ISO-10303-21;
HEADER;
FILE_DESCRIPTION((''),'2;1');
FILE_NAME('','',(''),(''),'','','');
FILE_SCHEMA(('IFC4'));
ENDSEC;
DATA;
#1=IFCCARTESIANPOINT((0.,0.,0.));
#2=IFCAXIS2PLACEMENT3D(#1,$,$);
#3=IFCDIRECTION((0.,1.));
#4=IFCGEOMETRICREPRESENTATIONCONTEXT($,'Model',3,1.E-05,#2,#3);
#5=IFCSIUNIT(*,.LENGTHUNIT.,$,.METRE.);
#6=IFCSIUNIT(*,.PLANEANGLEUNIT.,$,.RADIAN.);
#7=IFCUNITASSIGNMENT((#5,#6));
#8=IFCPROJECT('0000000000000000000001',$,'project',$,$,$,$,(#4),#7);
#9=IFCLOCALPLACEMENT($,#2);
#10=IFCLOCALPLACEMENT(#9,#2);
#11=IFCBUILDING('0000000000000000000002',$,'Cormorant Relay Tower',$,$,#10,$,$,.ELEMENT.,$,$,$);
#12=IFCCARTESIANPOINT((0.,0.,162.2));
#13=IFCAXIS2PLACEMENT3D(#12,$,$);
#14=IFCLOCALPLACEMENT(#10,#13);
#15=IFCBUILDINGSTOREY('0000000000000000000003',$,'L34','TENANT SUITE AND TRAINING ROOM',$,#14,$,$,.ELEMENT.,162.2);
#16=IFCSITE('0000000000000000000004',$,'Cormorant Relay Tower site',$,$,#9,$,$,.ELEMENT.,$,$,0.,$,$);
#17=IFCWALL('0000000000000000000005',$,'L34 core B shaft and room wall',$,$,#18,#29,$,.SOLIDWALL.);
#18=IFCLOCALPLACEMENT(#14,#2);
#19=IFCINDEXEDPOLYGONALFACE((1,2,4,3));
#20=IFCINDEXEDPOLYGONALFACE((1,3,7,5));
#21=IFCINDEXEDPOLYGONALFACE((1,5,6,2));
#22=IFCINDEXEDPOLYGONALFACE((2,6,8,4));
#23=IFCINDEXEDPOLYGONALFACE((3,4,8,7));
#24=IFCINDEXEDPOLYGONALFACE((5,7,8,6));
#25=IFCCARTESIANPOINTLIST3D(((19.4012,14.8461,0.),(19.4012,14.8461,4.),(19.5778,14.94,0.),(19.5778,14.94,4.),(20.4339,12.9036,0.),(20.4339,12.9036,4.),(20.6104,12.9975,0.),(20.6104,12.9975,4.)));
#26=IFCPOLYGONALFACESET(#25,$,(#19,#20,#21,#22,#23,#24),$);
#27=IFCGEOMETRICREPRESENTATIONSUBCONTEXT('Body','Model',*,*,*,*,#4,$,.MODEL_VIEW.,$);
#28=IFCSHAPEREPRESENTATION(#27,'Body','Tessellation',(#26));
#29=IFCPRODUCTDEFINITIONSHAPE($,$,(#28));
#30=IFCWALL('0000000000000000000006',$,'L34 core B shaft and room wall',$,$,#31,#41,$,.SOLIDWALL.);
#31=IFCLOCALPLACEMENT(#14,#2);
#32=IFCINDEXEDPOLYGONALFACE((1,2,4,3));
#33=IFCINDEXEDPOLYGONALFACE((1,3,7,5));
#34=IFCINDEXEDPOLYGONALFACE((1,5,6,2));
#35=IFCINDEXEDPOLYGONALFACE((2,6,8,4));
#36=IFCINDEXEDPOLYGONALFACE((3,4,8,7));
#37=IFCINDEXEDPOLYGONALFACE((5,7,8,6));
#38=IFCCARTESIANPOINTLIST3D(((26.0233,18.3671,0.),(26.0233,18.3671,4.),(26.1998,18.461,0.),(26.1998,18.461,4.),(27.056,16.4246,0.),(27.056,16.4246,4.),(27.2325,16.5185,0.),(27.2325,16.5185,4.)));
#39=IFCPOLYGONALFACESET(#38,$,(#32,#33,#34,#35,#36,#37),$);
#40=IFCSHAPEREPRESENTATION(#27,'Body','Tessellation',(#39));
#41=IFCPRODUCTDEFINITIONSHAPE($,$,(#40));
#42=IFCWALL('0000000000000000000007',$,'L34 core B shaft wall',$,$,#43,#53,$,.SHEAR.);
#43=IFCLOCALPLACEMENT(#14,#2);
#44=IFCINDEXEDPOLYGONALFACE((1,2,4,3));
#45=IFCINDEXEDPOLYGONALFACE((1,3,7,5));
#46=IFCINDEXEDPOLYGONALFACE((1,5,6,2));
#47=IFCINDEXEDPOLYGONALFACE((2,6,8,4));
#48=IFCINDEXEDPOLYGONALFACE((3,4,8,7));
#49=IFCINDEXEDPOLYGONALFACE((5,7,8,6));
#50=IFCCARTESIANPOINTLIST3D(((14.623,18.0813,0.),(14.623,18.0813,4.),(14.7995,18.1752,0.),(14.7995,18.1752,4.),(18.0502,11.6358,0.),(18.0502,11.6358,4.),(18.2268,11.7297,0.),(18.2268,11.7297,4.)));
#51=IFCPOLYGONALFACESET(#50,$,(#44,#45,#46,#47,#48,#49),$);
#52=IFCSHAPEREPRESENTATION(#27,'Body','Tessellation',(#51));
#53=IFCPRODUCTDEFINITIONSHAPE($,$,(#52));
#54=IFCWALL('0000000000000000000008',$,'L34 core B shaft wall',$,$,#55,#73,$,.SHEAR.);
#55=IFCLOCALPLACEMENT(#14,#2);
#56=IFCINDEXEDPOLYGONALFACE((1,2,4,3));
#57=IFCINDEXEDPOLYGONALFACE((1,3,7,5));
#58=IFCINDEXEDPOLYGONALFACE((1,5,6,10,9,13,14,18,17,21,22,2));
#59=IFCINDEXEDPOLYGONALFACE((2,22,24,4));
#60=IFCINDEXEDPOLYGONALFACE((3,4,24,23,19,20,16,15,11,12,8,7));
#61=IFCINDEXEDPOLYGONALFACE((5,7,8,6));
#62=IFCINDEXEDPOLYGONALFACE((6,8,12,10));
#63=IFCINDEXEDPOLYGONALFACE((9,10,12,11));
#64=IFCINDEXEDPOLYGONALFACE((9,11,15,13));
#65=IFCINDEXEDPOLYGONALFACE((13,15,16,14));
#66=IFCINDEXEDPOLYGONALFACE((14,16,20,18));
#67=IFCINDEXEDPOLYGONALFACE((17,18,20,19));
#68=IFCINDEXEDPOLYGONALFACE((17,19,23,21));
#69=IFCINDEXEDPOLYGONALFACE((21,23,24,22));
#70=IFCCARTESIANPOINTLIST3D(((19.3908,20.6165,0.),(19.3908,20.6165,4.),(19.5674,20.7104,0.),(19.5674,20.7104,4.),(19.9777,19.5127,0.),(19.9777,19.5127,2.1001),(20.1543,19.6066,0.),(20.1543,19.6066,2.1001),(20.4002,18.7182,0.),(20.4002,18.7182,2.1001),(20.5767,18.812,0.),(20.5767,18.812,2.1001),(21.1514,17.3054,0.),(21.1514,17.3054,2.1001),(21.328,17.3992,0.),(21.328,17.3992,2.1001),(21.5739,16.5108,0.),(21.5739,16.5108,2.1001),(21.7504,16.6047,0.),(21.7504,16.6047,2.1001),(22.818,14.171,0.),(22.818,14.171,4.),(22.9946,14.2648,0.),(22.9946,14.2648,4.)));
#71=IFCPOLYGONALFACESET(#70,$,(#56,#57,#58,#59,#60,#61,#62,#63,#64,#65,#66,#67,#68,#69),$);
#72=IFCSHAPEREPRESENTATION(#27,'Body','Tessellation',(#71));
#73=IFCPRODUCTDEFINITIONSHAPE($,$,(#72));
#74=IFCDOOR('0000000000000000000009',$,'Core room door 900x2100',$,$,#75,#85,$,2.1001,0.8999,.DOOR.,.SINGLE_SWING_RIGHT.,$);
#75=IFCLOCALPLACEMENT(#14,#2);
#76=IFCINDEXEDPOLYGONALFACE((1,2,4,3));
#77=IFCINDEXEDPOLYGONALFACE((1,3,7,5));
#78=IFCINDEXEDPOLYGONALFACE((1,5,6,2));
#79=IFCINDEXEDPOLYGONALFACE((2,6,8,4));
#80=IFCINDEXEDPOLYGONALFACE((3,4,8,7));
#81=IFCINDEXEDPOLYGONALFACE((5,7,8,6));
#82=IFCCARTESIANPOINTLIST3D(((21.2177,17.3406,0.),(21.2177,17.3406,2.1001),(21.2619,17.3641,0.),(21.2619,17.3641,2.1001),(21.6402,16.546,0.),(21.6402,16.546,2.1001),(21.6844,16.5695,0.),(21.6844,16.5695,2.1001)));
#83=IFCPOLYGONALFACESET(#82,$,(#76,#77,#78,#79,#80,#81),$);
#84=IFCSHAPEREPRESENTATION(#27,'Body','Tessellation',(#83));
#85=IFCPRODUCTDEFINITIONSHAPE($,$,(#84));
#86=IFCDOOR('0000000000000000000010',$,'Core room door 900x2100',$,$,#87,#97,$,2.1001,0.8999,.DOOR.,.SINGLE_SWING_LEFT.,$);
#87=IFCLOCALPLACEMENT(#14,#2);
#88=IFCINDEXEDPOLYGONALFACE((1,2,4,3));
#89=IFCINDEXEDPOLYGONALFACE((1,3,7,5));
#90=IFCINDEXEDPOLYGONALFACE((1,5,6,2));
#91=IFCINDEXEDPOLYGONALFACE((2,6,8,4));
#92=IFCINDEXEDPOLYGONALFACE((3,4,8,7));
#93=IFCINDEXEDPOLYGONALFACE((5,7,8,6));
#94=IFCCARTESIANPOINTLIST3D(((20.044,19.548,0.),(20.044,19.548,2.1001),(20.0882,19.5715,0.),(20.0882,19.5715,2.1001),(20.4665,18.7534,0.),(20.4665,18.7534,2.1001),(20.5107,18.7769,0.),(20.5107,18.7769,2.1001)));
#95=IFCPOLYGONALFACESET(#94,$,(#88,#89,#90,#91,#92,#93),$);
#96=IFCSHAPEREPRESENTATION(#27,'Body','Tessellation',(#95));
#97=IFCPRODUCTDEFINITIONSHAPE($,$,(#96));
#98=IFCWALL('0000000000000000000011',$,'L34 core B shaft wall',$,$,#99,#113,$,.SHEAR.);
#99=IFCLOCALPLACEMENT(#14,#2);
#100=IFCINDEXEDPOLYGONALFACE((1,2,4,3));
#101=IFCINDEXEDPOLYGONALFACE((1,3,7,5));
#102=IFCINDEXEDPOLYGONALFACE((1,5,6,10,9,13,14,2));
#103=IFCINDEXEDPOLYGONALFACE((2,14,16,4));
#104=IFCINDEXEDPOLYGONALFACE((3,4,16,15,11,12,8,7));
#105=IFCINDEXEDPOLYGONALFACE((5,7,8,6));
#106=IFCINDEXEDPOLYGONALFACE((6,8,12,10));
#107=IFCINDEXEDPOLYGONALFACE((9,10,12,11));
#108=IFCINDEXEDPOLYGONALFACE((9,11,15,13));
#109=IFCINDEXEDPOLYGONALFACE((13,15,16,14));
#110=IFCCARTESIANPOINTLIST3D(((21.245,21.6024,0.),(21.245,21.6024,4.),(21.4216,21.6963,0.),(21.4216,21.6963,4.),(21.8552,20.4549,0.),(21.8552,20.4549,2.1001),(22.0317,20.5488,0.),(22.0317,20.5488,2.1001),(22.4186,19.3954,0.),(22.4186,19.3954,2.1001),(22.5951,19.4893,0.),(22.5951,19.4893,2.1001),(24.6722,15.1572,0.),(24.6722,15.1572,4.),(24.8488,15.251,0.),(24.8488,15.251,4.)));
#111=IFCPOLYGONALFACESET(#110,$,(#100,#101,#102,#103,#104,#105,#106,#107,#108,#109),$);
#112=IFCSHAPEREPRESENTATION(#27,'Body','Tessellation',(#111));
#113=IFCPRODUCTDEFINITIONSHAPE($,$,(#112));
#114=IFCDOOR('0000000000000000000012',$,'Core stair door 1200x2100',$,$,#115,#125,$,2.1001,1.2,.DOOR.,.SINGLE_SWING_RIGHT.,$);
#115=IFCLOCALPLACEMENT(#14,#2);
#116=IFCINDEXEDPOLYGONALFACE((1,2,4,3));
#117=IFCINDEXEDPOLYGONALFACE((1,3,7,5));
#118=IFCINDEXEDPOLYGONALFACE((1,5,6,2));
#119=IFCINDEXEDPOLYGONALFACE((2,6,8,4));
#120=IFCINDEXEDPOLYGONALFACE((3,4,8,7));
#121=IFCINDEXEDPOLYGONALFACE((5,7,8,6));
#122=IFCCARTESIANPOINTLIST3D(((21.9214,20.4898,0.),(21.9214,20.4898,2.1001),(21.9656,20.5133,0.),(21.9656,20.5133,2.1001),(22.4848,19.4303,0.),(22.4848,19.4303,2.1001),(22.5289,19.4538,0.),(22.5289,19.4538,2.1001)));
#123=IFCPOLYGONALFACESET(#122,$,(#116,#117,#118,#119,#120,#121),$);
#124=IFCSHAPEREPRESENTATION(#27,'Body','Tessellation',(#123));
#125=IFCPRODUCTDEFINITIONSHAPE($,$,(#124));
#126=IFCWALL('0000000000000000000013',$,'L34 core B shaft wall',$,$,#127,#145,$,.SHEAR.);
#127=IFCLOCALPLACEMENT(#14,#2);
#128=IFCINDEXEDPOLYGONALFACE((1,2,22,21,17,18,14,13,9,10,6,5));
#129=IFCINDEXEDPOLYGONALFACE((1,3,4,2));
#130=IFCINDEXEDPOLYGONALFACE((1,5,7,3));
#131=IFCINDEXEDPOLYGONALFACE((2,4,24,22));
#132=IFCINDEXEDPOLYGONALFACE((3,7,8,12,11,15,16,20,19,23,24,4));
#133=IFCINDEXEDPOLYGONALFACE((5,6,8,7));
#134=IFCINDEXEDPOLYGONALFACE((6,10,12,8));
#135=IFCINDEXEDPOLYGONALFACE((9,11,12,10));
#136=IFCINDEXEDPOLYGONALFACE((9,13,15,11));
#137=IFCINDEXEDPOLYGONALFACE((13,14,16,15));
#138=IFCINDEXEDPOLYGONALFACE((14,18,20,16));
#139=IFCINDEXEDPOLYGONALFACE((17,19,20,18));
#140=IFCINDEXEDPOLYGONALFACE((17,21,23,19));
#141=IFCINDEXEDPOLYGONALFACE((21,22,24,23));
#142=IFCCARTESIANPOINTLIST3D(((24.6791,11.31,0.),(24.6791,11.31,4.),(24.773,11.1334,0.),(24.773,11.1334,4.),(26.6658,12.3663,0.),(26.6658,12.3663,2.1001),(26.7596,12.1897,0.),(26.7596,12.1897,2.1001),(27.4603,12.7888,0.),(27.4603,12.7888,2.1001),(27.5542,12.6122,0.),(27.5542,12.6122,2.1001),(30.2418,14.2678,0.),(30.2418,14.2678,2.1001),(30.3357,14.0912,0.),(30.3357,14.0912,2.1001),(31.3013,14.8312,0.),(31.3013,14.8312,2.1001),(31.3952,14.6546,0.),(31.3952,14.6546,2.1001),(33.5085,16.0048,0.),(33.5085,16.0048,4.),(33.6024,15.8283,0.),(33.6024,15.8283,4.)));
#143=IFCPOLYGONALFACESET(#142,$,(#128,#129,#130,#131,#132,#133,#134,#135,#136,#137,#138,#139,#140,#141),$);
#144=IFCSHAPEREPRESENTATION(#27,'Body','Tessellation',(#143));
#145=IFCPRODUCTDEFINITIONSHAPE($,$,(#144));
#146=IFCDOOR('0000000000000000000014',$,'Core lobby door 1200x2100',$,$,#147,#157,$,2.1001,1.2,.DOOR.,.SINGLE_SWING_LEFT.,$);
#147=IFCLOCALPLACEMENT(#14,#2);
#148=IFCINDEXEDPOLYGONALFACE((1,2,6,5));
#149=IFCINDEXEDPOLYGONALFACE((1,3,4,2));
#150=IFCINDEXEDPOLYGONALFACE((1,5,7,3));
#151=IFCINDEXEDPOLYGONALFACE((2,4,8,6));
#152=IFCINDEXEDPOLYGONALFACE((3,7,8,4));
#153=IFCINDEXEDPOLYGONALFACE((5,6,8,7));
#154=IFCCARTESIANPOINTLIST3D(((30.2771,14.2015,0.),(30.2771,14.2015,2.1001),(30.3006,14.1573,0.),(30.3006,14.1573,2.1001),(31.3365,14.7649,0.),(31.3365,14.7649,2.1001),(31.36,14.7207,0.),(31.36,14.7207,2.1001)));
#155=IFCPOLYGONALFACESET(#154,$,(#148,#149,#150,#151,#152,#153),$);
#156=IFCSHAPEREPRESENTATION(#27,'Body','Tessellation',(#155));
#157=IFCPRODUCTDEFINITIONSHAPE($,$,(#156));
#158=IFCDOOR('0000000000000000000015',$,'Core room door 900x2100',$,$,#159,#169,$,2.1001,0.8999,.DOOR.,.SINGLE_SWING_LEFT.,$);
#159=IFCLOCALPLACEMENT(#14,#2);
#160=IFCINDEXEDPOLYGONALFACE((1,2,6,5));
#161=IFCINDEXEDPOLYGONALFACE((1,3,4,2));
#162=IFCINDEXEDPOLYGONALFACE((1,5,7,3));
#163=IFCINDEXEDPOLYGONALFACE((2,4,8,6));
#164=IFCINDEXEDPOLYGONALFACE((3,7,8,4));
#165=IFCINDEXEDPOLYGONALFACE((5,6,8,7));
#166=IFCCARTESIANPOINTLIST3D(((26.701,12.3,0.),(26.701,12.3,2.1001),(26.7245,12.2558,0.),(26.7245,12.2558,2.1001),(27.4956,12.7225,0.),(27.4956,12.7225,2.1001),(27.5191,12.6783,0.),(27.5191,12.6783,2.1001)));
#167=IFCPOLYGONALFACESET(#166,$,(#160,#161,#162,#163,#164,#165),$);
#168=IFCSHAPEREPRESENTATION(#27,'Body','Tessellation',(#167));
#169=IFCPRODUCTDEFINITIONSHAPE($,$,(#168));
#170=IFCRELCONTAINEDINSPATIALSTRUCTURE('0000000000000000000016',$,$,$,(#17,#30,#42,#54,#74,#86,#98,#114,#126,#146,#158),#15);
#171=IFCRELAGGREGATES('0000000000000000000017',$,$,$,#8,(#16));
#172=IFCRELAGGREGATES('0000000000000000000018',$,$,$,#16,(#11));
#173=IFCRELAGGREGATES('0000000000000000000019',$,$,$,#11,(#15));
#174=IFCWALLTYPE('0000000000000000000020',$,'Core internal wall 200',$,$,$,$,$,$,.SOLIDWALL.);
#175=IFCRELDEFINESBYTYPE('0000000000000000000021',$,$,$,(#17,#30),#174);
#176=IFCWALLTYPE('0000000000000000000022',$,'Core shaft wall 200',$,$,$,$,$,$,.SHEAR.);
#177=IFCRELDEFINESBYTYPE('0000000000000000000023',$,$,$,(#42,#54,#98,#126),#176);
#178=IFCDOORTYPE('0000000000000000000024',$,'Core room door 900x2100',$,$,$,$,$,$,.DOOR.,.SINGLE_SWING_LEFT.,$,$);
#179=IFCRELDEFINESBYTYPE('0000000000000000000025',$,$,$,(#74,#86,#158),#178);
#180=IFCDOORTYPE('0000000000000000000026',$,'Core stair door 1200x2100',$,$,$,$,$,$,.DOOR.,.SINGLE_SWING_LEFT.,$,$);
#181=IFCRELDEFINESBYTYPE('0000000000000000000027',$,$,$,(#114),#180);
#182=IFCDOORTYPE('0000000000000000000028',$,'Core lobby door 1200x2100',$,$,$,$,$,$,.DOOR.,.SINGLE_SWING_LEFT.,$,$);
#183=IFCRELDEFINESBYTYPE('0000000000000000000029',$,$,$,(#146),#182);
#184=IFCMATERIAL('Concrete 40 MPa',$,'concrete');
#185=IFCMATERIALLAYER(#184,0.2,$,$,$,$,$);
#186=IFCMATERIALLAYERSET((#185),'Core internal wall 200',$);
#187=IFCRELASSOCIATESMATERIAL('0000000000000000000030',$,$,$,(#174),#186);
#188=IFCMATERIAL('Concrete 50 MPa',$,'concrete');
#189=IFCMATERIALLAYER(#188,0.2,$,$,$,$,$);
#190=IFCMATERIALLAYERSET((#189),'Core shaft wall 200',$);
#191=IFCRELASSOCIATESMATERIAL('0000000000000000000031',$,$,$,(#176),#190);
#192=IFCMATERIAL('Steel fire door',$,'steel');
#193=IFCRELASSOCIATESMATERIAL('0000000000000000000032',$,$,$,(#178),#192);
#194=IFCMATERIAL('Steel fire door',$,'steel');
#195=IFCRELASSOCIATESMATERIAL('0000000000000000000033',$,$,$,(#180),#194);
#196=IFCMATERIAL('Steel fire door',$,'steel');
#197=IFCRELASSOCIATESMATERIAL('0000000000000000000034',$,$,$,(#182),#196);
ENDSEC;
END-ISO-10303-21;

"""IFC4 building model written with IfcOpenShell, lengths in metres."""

from ifc_helpers import new_model, si_unit, direction, frame, frame_2d, origin, place, context, subcontext, project, spatial, rectangle, extrude, material, layer, layer_set, type_object, element, fill, save


model = new_model("IFC4")

# Units and contexts
model_context = context("Model", 3, precision=1e-05, world=origin(), true_north=direction((0.0, 1.0)))
body_context = subcontext(model_context, "Body", "Model", "MODEL_VIEW")
ifc_project = project(units=[si_unit("LENGTHUNIT", "METRE"), si_unit("PLANEANGLEUNIT", "RADIAN")], contexts=[model_context])

# Site, building, storey
site_placement = place(None, origin())
site = spatial("IfcSite", under=ifc_project, at=site_placement, Name="Cormorant Relay Tower site", CompositionType="ELEMENT", RefElevation=0.0)
building_placement = place(site_placement, origin())
building = spatial("IfcBuilding", under=site, at=building_placement, Name="Cormorant Relay Tower", CompositionType="ELEMENT")
storey_placement = place(building_placement, frame((0.0, 0.0, 162.2)))
storey = spatial("IfcBuildingStorey", under=building, at=storey_placement, Name="L34", Description="TENANT SUITE AND TRAINING ROOM", CompositionType="ELEMENT", Elevation=162.2)

# Walls
ifc_material_1 = material(Name="Concrete 40 MPa", Category="concrete")
ifc_layer_1 = layer(ifc_material_1, 0.2)
ifc_layer_set_1 = layer_set([ifc_layer_1], Name="Core internal wall 200")
wall_type_1 = type_object("IfcWallType", Name="Core internal wall 200", PredefinedType="SOLIDWALL", material=ifc_layer_set_1)
for number, where, z_axis, x_axis, name in (
    (1, (20.5222, 12.9504, 0.0), (0.0, 0.0, 1.0), (-0.469401, 0.882985, 0.0), "L34 core B shaft and room wall"),
    (2, (27.1443, 16.4714, 0.0), (0.0, 0.0, 1.0), (-0.469401, 0.882985, 0.0), "L34 core B shaft and room wall"),
):
    element("IfcWall", number, at=place(storey_placement, frame(where, z_axis=z_axis, x_axis=x_axis)), inside=storey, type_object=wall_type_1, Name=name, PredefinedType="SOLIDWALL", context=body_context, shape_type="SweptSolid", body=[
        extrude(rectangle(XDim=2.2, YDim=0.2, at=frame_2d((1.1001, 0.0))), origin(), (0.0, 0.0, 1.0), 4.0),
    ])
ifc_material_2 = material(Name="Concrete 50 MPa", Category="concrete")
ifc_layer_2 = layer(ifc_material_2, 0.2)
ifc_layer_set_2 = layer_set([ifc_layer_2], Name="Core shaft wall 200")
wall_type_2 = type_object("IfcWallType", Name="Core shaft wall 200", PredefinedType="SHEAR", material=ifc_layer_set_2)
wall_1_placement = place(storey_placement, frame((18.1384, 11.6829, 0.0), z_axis=(0.0, 0.0, 1.0), x_axis=(-0.46948, 0.882943, 0.0)))
element("IfcWall", 3, at=wall_1_placement, inside=storey, type_object=wall_type_2, Name="L34 core B shaft wall", PredefinedType="SHEAR", context=body_context, shape_type="SweptSolid", body=[
    extrude(rectangle(XDim=7.3, YDim=0.2, at=frame_2d((3.6499, 0.0))), origin(), (0.0, 0.0, 1.0), 4.0),
])

# Wall, openings, doors
wall_2_placement = place(storey_placement, frame((22.9062, 14.218, 0.0), z_axis=(0.0, 0.0, 1.0), x_axis=(-0.46948, 0.882943, 0.0)))
wall_2 = element("IfcWall", 4, at=wall_2_placement, inside=storey, type_object=wall_type_2, Name="L34 core B shaft wall", PredefinedType="SHEAR", context=body_context, shape_type="SweptSolid", body=[
    extrude(rectangle(XDim=7.3, YDim=0.2, at=frame_2d((3.6499, 0.0))), origin(), (0.0, 0.0, 1.0), 4.0),
])
opening_1_placement = place(wall_2_placement, frame((2.6499, 0.0, 0.0)))
opening_1 = element("IfcOpeningElement", 5, at=opening_1_placement, cuts=wall_2, PredefinedType="OPENING", context=body_context, shape_type="SweptSolid", body=[
    extrude(rectangle(XDim=0.8999, YDim=2.1001, at=frame_2d((0.45, 1.05))), frame((0.0, 0.1099, 0.0), z_axis=(0.0, -1.0, 0.0), x_axis=(1.0, 0.0, 0.0)), (0.0, 0.0, 1.0), 0.22),
])
opening_2_placement = place(wall_2_placement, frame((5.1499, 0.0, 0.0)))
opening_2 = element("IfcOpeningElement", 6, at=opening_2_placement, cuts=wall_2, PredefinedType="OPENING", context=body_context, shape_type="SweptSolid", body=[
    extrude(rectangle(XDim=0.8999, YDim=2.1001, at=frame_2d((0.45, 1.05))), frame((0.0, 0.1099, 0.0), z_axis=(0.0, -1.0, 0.0), x_axis=(1.0, 0.0, 0.0)), (0.0, 0.0, 1.0), 0.22),
])
ifc_material_3 = material(Name="Steel fire door", Category="steel")
door_type_1 = type_object("IfcDoorType", Name="Core room door 900x2100", OperationType="SINGLE_SWING_LEFT", PredefinedType="DOOR", material=ifc_material_3)
door_1_placement = place(opening_1_placement, origin())
door_1 = element("IfcDoor", 7, at=door_1_placement, inside=storey, type_object=door_type_1, Name="Core room door 900x2100", OperationType="SINGLE_SWING_RIGHT", OverallHeight=2.1001, OverallWidth=0.8999, PredefinedType="DOOR", context=body_context, shape_type="SweptSolid", body=[
    extrude(rectangle(XDim=0.8999, YDim=2.1001, at=frame_2d((0.45, 1.05))), frame((0.0, 0.0249, 0.0), z_axis=(0.0, -1.0, 0.0), x_axis=(1.0, 0.0, 0.0)), (0.0, 0.0, 1.0), 0.05),
])
fill(opening_1, door_1)
door_2_placement = place(opening_2_placement, origin())
door_2 = element("IfcDoor", 8, at=door_2_placement, inside=storey, type_object=door_type_1, Name="Core room door 900x2100", OperationType="SINGLE_SWING_LEFT", OverallHeight=2.1001, OverallWidth=0.8999, PredefinedType="DOOR", context=body_context, shape_type="SweptSolid", body=[
    extrude(rectangle(XDim=0.8999, YDim=2.1001, at=frame_2d((0.45, 1.05))), frame((0.0, 0.0249, 0.0), z_axis=(0.0, -1.0, 0.0), x_axis=(1.0, 0.0, 0.0)), (0.0, 0.0, 1.0), 0.05),
])
fill(opening_2, door_2)

# Wall, opening, door
wall_3_placement = place(storey_placement, frame((24.7605, 15.2041, 0.0), z_axis=(0.0, 0.0, 1.0), x_axis=(-0.469494, 0.882936, 0.0)))
wall_3 = element("IfcWall", 9, at=wall_3_placement, inside=storey, type_object=wall_type_2, Name="L34 core B shaft wall", PredefinedType="SHEAR", context=body_context, shape_type="SweptSolid", body=[
    extrude(rectangle(XDim=7.2998, YDim=0.2, at=frame_2d((3.6499, 0.0))), origin(), (0.0, 0.0, 1.0), 4.0),
])
opening_3_placement = place(wall_3_placement, frame((4.8, 0.0, 0.0)))
opening_3 = element("IfcOpeningElement", 10, at=opening_3_placement, cuts=wall_3, PredefinedType="OPENING", context=body_context, shape_type="SweptSolid", body=[
    extrude(rectangle(XDim=1.2, YDim=2.1001, at=frame_2d((0.6001, 1.05))), frame((0.0, 0.1099, 0.0), z_axis=(0.0, -1.0, 0.0), x_axis=(1.0, 0.0, 0.0)), (0.0, 0.0, 1.0), 0.22),
])
ifc_material_4 = material(Name="Steel fire door", Category="steel")
door_type_2 = type_object("IfcDoorType", Name="Core stair door 1200x2100", OperationType="SINGLE_SWING_LEFT", PredefinedType="DOOR", material=ifc_material_4)
door_3_placement = place(opening_3_placement, frame((1.2, 0.0, 0.0), z_axis=(0.0, 0.0, 1.0), x_axis=(-1.0, 0.0, 0.0)))
door_3 = element("IfcDoor", 11, at=door_3_placement, inside=storey, type_object=door_type_2, Name="Core stair door 1200x2100", OperationType="SINGLE_SWING_RIGHT", OverallHeight=2.1001, OverallWidth=1.2, PredefinedType="DOOR", context=body_context, shape_type="SweptSolid", body=[
    extrude(rectangle(XDim=1.2, YDim=2.1001, at=frame_2d((0.6001, 1.05))), frame((0.0, 0.0249, 0.0), z_axis=(0.0, -1.0, 0.0), x_axis=(1.0, 0.0, 0.0)), (0.0, 0.0, 1.0), 0.05),
])
fill(opening_3, door_3)

# Wall, openings, doors
wall_4_placement = place(storey_placement, frame((24.7261, 11.2217, 0.0), z_axis=(0.0, 0.0, 1.0), x_axis=(0.88294, 0.469485, 0.0)))
wall_4 = element("IfcWall", 12, at=wall_4_placement, inside=storey, type_object=wall_type_2, Name="L34 core B shaft wall", PredefinedType="SHEAR", context=body_context, shape_type="SweptSolid", body=[
    extrude(rectangle(XDim=10.0, YDim=0.2, at=frame_2d((5.0, 0.0))), origin(), (0.0, 0.0, 1.0), 4.0),
])
opening_4_placement = place(wall_4_placement, frame((6.3, 0.0, 0.0)))
opening_4 = element("IfcOpeningElement", 13, at=opening_4_placement, cuts=wall_4, PredefinedType="OPENING", context=body_context, shape_type="SweptSolid", body=[
    extrude(rectangle(XDim=1.2, YDim=2.1001, at=frame_2d((0.6001, 1.05))), frame((0.0, 0.1099, 0.0), z_axis=(0.0, -1.0, 0.0), x_axis=(1.0, 0.0, 0.0)), (0.0, 0.0, 1.0), 0.22),
])
opening_5_placement = place(wall_4_placement, frame((2.25, 0.0, 0.0)))
opening_5 = element("IfcOpeningElement", 14, at=opening_5_placement, cuts=wall_4, PredefinedType="OPENING", context=body_context, shape_type="SweptSolid", body=[
    extrude(rectangle(XDim=0.8999, YDim=2.1001, at=frame_2d((0.45, 1.05))), frame((0.0, 0.1099, 0.0), z_axis=(0.0, -1.0, 0.0), x_axis=(1.0, 0.0, 0.0)), (0.0, 0.0, 1.0), 0.22),
])
ifc_material_5 = material(Name="Steel fire door", Category="steel")
door_type_3 = type_object("IfcDoorType", Name="Core lobby door 1200x2100", OperationType="SINGLE_SWING_LEFT", PredefinedType="DOOR", material=ifc_material_5)
door_4_placement = place(opening_4_placement, origin())
door_4 = element("IfcDoor", 15, at=door_4_placement, inside=storey, type_object=door_type_3, Name="Core lobby door 1200x2100", OperationType="SINGLE_SWING_LEFT", OverallHeight=2.1001, OverallWidth=1.2, PredefinedType="DOOR", context=body_context, shape_type="SweptSolid", body=[
    extrude(rectangle(XDim=1.2, YDim=2.1001, at=frame_2d((0.6001, 1.05))), frame((0.0, 0.0249, 0.0), z_axis=(0.0, -1.0, 0.0), x_axis=(1.0, 0.0, 0.0)), (0.0, 0.0, 1.0), 0.05),
])
fill(opening_4, door_4)
door_5_placement = place(opening_5_placement, origin())
door_5 = element("IfcDoor", 16, at=door_5_placement, inside=storey, type_object=door_type_1, Name="Core room door 900x2100", OperationType="SINGLE_SWING_LEFT", OverallHeight=2.1001, OverallWidth=0.8999, PredefinedType="DOOR", context=body_context, shape_type="SweptSolid", body=[
    extrude(rectangle(XDim=0.8999, YDim=2.1001, at=frame_2d((0.45, 1.05))), frame((0.0, 0.0249, 0.0), z_axis=(0.0, -1.0, 0.0), x_axis=(1.0, 0.0, 0.0)), (0.0, 0.0, 1.0), 0.05),
])
fill(opening_5, door_5)

save(model, "model.ifc")
